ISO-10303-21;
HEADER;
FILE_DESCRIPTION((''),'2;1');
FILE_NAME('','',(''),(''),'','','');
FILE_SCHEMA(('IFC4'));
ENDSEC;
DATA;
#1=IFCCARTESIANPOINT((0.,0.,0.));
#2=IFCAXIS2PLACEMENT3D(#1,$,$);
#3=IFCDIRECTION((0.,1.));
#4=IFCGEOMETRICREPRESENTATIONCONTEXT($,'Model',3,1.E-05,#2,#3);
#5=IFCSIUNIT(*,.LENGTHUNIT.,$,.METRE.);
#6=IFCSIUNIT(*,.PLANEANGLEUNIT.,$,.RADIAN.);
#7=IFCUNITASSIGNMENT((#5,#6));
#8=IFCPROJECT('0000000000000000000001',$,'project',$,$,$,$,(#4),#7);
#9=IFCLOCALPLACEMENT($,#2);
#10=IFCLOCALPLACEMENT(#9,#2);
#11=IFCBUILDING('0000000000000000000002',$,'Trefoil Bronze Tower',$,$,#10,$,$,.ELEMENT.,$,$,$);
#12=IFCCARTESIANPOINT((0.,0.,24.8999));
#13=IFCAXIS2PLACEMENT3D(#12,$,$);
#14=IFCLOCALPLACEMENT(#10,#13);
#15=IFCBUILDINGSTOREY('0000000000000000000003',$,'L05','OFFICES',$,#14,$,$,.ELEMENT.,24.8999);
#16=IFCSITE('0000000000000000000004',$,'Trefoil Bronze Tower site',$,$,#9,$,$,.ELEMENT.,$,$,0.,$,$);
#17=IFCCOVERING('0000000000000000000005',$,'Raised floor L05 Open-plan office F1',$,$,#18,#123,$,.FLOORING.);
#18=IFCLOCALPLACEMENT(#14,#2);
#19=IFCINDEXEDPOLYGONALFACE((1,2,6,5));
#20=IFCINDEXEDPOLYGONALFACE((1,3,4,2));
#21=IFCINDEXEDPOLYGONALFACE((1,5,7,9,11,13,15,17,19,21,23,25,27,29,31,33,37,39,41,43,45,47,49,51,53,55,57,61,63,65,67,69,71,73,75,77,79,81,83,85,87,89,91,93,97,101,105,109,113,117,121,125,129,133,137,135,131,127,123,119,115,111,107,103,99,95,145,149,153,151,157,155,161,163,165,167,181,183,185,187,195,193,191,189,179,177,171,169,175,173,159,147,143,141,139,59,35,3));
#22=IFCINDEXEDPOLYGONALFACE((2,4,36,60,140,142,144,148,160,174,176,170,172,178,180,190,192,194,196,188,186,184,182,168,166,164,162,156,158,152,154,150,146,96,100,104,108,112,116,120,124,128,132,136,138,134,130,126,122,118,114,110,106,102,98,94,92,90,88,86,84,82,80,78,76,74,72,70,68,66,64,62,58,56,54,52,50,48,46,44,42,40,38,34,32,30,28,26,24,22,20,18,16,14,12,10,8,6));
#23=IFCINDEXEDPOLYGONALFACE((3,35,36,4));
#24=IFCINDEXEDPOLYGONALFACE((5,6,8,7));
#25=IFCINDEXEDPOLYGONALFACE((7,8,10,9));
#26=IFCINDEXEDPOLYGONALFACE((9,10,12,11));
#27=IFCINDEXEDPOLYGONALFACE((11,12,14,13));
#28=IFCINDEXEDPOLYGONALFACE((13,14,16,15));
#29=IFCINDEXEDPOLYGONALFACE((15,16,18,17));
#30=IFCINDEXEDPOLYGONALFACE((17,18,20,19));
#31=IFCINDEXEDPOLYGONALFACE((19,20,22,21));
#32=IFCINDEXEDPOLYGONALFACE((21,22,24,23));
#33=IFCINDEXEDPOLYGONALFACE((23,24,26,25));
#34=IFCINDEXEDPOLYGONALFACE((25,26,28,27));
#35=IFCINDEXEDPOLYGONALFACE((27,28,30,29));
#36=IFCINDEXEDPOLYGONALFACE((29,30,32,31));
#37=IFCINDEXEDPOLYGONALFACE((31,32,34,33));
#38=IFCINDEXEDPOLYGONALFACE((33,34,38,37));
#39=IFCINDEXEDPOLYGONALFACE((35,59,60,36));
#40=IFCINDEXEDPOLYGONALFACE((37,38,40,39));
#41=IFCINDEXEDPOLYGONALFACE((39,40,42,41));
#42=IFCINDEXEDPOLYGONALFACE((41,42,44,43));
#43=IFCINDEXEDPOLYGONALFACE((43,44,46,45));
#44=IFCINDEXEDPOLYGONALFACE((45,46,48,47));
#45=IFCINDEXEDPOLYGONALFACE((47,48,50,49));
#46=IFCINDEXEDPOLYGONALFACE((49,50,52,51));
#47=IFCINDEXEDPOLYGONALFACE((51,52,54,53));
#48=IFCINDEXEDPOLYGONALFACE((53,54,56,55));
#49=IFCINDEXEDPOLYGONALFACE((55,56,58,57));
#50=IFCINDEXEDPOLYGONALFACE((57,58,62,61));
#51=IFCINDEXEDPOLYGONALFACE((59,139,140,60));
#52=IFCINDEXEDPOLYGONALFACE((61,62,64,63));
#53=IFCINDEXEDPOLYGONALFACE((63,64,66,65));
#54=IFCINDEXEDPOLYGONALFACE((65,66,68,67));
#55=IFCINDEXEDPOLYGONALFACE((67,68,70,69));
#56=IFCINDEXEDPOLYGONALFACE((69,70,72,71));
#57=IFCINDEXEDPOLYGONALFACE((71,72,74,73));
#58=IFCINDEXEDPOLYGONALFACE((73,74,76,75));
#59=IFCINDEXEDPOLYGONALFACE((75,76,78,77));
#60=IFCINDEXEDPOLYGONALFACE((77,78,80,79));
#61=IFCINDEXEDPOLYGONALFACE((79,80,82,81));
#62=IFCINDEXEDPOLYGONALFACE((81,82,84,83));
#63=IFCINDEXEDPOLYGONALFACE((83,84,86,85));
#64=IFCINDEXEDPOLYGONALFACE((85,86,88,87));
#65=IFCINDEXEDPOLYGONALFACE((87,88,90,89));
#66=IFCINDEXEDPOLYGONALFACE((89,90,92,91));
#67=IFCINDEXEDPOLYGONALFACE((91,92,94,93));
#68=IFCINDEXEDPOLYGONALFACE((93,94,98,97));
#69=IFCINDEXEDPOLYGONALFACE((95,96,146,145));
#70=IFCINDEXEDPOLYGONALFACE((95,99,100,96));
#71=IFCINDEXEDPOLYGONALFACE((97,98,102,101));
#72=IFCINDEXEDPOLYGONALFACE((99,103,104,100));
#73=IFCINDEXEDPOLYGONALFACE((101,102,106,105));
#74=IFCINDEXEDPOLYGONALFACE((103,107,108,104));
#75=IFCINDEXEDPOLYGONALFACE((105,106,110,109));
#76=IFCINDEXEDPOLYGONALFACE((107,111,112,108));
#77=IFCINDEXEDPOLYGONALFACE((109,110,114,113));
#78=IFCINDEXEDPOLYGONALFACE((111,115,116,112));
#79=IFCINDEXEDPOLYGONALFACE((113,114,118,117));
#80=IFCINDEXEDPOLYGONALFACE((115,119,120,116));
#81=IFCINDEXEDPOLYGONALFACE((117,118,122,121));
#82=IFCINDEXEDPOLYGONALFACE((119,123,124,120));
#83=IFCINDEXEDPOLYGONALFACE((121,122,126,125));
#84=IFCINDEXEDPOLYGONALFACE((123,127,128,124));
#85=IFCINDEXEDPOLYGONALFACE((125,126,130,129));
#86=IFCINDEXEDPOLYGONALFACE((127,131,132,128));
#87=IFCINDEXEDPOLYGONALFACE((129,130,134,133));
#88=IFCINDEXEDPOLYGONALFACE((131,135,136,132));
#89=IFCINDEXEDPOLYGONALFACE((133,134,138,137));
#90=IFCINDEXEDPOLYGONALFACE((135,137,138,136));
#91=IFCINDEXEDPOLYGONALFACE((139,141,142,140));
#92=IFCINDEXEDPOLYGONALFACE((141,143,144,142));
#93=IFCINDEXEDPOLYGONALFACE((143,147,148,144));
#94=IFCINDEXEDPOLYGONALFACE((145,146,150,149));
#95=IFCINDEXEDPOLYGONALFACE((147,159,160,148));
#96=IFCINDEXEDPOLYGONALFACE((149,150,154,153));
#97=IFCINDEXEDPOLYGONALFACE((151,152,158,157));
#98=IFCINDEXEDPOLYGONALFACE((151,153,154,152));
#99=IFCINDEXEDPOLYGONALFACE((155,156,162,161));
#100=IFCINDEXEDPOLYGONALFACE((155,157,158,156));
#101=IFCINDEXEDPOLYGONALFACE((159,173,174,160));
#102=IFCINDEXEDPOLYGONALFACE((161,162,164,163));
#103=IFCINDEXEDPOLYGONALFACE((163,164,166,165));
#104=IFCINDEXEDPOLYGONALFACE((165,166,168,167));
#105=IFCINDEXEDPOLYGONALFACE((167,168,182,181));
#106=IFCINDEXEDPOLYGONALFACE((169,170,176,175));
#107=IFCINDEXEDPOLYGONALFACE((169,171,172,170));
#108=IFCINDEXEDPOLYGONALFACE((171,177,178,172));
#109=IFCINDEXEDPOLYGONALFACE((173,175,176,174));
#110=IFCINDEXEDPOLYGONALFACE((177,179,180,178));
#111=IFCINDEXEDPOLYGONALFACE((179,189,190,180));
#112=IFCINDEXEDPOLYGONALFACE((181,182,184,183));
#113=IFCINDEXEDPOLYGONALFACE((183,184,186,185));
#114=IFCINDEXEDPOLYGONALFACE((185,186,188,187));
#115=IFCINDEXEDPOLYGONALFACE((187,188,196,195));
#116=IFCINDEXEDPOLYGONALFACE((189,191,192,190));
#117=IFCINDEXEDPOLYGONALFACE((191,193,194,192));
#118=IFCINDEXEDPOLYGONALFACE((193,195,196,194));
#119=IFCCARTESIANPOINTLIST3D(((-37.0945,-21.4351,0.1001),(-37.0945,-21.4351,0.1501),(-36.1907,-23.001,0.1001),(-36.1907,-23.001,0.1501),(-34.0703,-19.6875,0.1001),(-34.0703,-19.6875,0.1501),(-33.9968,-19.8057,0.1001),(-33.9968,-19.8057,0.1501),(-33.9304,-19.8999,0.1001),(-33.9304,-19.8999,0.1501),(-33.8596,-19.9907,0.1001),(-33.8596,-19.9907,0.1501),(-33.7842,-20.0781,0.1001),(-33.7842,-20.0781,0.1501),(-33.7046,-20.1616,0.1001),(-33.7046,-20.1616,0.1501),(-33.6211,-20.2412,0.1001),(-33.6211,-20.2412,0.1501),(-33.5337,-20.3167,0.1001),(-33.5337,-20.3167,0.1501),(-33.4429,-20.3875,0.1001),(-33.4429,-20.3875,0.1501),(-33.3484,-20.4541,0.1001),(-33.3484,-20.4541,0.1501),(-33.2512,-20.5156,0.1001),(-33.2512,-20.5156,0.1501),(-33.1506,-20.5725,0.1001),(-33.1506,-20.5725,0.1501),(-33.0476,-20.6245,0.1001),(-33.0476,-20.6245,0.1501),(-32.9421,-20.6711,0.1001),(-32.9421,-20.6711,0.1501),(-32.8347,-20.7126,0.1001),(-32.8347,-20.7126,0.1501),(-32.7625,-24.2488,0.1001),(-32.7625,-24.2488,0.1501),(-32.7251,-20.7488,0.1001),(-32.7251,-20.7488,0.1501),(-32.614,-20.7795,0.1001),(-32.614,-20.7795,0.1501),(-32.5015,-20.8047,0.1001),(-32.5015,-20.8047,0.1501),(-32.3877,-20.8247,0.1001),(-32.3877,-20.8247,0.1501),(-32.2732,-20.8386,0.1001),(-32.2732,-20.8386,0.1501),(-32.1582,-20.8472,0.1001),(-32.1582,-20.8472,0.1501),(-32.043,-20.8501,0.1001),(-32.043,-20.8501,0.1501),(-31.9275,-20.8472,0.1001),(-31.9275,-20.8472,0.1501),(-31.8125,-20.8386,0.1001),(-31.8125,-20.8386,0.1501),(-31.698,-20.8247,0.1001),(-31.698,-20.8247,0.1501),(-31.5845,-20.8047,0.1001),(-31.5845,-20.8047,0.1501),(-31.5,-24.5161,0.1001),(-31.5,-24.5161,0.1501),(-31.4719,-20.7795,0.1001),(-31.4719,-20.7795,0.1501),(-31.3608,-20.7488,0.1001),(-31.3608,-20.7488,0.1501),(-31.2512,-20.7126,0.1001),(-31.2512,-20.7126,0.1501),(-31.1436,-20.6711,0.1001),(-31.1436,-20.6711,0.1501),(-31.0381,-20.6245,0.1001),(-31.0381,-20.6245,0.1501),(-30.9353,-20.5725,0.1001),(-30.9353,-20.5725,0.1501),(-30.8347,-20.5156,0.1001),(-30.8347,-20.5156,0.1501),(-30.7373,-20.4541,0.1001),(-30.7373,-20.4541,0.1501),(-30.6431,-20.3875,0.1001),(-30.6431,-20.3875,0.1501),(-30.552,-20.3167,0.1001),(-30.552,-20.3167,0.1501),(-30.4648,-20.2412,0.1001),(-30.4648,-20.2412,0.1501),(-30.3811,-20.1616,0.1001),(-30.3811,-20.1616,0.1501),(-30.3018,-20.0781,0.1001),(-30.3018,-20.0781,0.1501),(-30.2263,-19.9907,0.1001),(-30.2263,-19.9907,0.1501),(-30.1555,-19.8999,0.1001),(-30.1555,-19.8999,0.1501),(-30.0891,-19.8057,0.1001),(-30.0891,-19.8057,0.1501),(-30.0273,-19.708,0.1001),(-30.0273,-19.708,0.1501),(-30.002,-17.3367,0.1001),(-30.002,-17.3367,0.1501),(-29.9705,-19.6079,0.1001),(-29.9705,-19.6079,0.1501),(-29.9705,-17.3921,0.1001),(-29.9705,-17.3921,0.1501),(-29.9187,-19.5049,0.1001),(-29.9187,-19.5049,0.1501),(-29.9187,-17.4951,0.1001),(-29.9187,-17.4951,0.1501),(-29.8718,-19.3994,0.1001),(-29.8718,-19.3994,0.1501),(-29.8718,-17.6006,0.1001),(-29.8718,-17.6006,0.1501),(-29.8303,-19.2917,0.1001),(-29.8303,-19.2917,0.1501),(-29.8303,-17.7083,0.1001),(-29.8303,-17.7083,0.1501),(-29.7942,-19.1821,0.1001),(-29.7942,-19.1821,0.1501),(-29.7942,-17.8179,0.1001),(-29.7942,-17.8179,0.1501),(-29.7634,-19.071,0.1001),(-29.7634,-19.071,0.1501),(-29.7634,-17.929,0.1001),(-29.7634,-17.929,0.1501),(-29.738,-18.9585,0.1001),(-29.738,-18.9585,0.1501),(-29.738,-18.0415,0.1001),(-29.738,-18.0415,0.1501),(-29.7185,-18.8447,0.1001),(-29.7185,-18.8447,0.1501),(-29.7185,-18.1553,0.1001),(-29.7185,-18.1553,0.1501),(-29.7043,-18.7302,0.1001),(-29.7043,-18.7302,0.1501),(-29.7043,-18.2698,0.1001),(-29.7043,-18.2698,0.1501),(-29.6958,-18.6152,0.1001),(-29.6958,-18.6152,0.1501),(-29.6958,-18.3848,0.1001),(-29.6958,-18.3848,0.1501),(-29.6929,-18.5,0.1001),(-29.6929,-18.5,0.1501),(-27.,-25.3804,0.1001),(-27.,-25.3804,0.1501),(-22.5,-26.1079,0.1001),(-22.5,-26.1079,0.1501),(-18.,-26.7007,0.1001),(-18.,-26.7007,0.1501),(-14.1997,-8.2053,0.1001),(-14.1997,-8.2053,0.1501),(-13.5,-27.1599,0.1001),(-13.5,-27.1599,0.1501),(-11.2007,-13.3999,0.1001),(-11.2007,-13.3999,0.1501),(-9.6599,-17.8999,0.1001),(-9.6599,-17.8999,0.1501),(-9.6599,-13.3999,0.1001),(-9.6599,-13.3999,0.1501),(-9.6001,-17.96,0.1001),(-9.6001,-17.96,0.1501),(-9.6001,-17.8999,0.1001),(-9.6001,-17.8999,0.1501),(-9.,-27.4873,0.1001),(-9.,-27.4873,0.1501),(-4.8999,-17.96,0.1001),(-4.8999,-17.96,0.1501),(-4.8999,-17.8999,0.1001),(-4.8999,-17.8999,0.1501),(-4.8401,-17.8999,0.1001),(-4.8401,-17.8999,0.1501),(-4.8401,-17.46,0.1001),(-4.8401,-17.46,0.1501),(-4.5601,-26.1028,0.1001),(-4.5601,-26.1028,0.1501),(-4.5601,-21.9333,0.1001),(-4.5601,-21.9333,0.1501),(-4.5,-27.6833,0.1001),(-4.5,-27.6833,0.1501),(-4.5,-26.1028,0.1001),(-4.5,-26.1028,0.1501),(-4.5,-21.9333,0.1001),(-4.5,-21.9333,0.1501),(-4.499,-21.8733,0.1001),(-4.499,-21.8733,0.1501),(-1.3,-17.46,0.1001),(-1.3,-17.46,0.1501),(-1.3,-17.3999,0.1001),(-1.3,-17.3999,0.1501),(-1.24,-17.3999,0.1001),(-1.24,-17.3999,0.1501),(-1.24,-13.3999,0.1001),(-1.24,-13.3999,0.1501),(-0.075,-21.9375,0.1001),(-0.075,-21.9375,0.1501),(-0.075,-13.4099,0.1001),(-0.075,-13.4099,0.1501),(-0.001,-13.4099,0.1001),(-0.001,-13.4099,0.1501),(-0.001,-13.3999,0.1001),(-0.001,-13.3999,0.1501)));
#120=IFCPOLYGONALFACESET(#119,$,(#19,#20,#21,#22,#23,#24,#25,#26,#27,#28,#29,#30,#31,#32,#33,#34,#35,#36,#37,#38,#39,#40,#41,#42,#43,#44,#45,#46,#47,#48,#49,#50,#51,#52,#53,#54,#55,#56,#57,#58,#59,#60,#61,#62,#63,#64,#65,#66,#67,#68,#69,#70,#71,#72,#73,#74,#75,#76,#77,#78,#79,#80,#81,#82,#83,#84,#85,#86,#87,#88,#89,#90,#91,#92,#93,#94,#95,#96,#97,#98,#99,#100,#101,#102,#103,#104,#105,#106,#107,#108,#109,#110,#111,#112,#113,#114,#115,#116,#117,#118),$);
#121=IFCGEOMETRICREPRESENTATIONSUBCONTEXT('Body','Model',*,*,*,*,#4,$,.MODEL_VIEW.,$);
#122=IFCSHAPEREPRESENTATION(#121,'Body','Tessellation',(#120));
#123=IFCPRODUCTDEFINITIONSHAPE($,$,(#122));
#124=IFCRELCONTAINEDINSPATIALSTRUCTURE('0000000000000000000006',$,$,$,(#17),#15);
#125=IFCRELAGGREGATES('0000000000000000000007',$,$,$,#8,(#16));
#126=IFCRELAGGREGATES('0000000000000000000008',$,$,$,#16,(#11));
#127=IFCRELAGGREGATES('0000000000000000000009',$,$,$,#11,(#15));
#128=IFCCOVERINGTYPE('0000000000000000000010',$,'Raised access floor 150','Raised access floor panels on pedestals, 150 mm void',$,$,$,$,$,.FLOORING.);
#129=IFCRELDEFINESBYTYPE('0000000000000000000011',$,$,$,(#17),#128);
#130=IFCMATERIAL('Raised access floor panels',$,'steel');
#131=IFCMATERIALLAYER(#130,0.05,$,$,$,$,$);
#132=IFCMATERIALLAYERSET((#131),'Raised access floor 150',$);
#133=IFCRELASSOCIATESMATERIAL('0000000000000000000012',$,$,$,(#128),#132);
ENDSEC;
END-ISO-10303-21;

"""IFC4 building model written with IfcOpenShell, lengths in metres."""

from ifc_helpers import new_model, si_unit, direction, frame, origin, place, context, subcontext, project, spatial, polyline, outline, extrude, material, layer, layer_set, type_object, element, save


model = new_model("IFC4")

# Units and contexts
model_context = context("Model", 3, precision=1e-05, world=origin(), true_north=direction((0.0, 1.0)))
body_context = subcontext(model_context, "Body", "Model", "MODEL_VIEW")
ifc_project = project(units=[si_unit("LENGTHUNIT", "METRE"), si_unit("PLANEANGLEUNIT", "RADIAN")], contexts=[model_context])

# Site, building, storey
site_placement = place(None, origin())
site = spatial("IfcSite", under=ifc_project, at=site_placement, Name="Trefoil Bronze Tower site", CompositionType="ELEMENT", RefElevation=0.0)
building_placement = place(site_placement, origin())
building = spatial("IfcBuilding", under=site, at=building_placement, Name="Trefoil Bronze Tower", CompositionType="ELEMENT")
storey_placement = place(building_placement, frame((0.0, 0.0, 24.8999)))
storey = spatial("IfcBuildingStorey", under=building, at=storey_placement, Name="L05", Description="OFFICES", CompositionType="ELEMENT", Elevation=24.8999)

# Covering
ifc_material_1 = material(Name="Raised access floor panels", Category="steel")
ifc_layer_1 = layer(ifc_material_1, 0.05)
ifc_layer_set_1 = layer_set([ifc_layer_1], Name="Raised access floor 150")
covering_type_1 = type_object("IfcCoveringType", Name="Raised access floor 150", Description="Raised access floor panels on pedestals, 150 mm void", PredefinedType="FLOORING", material=ifc_layer_set_1)
covering_1_placement = place(storey_placement, frame((0.0, 0.0, 0.1001)))
element("IfcCovering", 1, at=covering_1_placement, inside=storey, type_object=covering_type_1, Name="Raised floor L05 Open-plan office F1", PredefinedType="FLOORING", context=body_context, shape_type="SweptSolid", body=[
    extrude(outline(polyline([(-30.002, -17.3367), (-14.1997, -8.2053), (-11.2007, -13.3999), (-9.6599, -13.3999), (-9.6599, -17.8999), (-9.6001, -17.8999), (-9.6001, -17.96), (-4.8999, -17.96), (-4.8999, -17.8999), (-4.8401, -17.8999), (-4.8401, -17.46), (-1.3, -17.46), (-1.3, -17.3999), (-1.24, -17.3999), (-1.24, -13.3999), (-0.001, -13.3999), (-0.001, -13.4099), (-0.075, -13.4099), (-0.075, -21.9375), (-4.499, -21.8733), (-4.5, -21.9333), (-4.5601, -21.9333), (-4.5601, -26.1028), (-4.5, -26.1028), (-4.5, -27.6833), (-9.0, -27.4873), (-13.5, -27.1599), (-18.0, -26.7007), (-22.5, -26.1079), (-27.0, -25.3804), (-31.5, -24.5161), (-32.7625, -24.2488), (-36.1907, -23.001), (-37.0945, -21.4351), (-34.0703, -19.6875), (-33.9968, -19.8057), (-33.9304, -19.8999), (-33.8596, -19.9907), (-33.7842, -20.0781), (-33.7046, -20.1616), (-33.6211, -20.2412), (-33.5337, -20.3167), (-33.4429, -20.3875), (-33.3484, -20.4541), (-33.2512, -20.5156), (-33.1506, -20.5725), (-33.0476, -20.6245), (-32.9421, -20.6711), (-32.8347, -20.7126), (-32.7251, -20.7488), (-32.614, -20.7795), (-32.5015, -20.8047), (-32.3877, -20.8247), (-32.2732, -20.8386), (-32.1582, -20.8472), (-32.043, -20.8501), (-31.9275, -20.8472), (-31.8125, -20.8386), (-31.698, -20.8247), (-31.5845, -20.8047), (-31.4719, -20.7795), (-31.3608, -20.7488), (-31.2512, -20.7126), (-31.1436, -20.6711), (-31.0381, -20.6245), (-30.9353, -20.5725), (-30.8347, -20.5156), (-30.7373, -20.4541), (-30.6431, -20.3875), (-30.552, -20.3167), (-30.4648, -20.2412), (-30.3811, -20.1616), (-30.3018, -20.0781), (-30.2263, -19.9907), (-30.1555, -19.8999), (-30.0891, -19.8057), (-30.0273, -19.708), (-29.9705, -19.6079), (-29.9187, -19.5049), (-29.8718, -19.3994), (-29.8303, -19.2917), (-29.7942, -19.1821), (-29.7634, -19.071), (-29.738, -18.9585), (-29.7185, -18.8447), (-29.7043, -18.7302), (-29.6958, -18.6152), (-29.6929, -18.5), (-29.6958, -18.3848), (-29.7043, -18.2698), (-29.7185, -18.1553), (-29.738, -18.0415), (-29.7634, -17.929), (-29.7942, -17.8179), (-29.8303, -17.7083), (-29.8718, -17.6006), (-29.9187, -17.4951), (-29.9705, -17.3921), (-30.002, -17.3367)])), origin(), (0.0, 0.0, 1.0), 0.05),
])

save(model, "model.ifc")
